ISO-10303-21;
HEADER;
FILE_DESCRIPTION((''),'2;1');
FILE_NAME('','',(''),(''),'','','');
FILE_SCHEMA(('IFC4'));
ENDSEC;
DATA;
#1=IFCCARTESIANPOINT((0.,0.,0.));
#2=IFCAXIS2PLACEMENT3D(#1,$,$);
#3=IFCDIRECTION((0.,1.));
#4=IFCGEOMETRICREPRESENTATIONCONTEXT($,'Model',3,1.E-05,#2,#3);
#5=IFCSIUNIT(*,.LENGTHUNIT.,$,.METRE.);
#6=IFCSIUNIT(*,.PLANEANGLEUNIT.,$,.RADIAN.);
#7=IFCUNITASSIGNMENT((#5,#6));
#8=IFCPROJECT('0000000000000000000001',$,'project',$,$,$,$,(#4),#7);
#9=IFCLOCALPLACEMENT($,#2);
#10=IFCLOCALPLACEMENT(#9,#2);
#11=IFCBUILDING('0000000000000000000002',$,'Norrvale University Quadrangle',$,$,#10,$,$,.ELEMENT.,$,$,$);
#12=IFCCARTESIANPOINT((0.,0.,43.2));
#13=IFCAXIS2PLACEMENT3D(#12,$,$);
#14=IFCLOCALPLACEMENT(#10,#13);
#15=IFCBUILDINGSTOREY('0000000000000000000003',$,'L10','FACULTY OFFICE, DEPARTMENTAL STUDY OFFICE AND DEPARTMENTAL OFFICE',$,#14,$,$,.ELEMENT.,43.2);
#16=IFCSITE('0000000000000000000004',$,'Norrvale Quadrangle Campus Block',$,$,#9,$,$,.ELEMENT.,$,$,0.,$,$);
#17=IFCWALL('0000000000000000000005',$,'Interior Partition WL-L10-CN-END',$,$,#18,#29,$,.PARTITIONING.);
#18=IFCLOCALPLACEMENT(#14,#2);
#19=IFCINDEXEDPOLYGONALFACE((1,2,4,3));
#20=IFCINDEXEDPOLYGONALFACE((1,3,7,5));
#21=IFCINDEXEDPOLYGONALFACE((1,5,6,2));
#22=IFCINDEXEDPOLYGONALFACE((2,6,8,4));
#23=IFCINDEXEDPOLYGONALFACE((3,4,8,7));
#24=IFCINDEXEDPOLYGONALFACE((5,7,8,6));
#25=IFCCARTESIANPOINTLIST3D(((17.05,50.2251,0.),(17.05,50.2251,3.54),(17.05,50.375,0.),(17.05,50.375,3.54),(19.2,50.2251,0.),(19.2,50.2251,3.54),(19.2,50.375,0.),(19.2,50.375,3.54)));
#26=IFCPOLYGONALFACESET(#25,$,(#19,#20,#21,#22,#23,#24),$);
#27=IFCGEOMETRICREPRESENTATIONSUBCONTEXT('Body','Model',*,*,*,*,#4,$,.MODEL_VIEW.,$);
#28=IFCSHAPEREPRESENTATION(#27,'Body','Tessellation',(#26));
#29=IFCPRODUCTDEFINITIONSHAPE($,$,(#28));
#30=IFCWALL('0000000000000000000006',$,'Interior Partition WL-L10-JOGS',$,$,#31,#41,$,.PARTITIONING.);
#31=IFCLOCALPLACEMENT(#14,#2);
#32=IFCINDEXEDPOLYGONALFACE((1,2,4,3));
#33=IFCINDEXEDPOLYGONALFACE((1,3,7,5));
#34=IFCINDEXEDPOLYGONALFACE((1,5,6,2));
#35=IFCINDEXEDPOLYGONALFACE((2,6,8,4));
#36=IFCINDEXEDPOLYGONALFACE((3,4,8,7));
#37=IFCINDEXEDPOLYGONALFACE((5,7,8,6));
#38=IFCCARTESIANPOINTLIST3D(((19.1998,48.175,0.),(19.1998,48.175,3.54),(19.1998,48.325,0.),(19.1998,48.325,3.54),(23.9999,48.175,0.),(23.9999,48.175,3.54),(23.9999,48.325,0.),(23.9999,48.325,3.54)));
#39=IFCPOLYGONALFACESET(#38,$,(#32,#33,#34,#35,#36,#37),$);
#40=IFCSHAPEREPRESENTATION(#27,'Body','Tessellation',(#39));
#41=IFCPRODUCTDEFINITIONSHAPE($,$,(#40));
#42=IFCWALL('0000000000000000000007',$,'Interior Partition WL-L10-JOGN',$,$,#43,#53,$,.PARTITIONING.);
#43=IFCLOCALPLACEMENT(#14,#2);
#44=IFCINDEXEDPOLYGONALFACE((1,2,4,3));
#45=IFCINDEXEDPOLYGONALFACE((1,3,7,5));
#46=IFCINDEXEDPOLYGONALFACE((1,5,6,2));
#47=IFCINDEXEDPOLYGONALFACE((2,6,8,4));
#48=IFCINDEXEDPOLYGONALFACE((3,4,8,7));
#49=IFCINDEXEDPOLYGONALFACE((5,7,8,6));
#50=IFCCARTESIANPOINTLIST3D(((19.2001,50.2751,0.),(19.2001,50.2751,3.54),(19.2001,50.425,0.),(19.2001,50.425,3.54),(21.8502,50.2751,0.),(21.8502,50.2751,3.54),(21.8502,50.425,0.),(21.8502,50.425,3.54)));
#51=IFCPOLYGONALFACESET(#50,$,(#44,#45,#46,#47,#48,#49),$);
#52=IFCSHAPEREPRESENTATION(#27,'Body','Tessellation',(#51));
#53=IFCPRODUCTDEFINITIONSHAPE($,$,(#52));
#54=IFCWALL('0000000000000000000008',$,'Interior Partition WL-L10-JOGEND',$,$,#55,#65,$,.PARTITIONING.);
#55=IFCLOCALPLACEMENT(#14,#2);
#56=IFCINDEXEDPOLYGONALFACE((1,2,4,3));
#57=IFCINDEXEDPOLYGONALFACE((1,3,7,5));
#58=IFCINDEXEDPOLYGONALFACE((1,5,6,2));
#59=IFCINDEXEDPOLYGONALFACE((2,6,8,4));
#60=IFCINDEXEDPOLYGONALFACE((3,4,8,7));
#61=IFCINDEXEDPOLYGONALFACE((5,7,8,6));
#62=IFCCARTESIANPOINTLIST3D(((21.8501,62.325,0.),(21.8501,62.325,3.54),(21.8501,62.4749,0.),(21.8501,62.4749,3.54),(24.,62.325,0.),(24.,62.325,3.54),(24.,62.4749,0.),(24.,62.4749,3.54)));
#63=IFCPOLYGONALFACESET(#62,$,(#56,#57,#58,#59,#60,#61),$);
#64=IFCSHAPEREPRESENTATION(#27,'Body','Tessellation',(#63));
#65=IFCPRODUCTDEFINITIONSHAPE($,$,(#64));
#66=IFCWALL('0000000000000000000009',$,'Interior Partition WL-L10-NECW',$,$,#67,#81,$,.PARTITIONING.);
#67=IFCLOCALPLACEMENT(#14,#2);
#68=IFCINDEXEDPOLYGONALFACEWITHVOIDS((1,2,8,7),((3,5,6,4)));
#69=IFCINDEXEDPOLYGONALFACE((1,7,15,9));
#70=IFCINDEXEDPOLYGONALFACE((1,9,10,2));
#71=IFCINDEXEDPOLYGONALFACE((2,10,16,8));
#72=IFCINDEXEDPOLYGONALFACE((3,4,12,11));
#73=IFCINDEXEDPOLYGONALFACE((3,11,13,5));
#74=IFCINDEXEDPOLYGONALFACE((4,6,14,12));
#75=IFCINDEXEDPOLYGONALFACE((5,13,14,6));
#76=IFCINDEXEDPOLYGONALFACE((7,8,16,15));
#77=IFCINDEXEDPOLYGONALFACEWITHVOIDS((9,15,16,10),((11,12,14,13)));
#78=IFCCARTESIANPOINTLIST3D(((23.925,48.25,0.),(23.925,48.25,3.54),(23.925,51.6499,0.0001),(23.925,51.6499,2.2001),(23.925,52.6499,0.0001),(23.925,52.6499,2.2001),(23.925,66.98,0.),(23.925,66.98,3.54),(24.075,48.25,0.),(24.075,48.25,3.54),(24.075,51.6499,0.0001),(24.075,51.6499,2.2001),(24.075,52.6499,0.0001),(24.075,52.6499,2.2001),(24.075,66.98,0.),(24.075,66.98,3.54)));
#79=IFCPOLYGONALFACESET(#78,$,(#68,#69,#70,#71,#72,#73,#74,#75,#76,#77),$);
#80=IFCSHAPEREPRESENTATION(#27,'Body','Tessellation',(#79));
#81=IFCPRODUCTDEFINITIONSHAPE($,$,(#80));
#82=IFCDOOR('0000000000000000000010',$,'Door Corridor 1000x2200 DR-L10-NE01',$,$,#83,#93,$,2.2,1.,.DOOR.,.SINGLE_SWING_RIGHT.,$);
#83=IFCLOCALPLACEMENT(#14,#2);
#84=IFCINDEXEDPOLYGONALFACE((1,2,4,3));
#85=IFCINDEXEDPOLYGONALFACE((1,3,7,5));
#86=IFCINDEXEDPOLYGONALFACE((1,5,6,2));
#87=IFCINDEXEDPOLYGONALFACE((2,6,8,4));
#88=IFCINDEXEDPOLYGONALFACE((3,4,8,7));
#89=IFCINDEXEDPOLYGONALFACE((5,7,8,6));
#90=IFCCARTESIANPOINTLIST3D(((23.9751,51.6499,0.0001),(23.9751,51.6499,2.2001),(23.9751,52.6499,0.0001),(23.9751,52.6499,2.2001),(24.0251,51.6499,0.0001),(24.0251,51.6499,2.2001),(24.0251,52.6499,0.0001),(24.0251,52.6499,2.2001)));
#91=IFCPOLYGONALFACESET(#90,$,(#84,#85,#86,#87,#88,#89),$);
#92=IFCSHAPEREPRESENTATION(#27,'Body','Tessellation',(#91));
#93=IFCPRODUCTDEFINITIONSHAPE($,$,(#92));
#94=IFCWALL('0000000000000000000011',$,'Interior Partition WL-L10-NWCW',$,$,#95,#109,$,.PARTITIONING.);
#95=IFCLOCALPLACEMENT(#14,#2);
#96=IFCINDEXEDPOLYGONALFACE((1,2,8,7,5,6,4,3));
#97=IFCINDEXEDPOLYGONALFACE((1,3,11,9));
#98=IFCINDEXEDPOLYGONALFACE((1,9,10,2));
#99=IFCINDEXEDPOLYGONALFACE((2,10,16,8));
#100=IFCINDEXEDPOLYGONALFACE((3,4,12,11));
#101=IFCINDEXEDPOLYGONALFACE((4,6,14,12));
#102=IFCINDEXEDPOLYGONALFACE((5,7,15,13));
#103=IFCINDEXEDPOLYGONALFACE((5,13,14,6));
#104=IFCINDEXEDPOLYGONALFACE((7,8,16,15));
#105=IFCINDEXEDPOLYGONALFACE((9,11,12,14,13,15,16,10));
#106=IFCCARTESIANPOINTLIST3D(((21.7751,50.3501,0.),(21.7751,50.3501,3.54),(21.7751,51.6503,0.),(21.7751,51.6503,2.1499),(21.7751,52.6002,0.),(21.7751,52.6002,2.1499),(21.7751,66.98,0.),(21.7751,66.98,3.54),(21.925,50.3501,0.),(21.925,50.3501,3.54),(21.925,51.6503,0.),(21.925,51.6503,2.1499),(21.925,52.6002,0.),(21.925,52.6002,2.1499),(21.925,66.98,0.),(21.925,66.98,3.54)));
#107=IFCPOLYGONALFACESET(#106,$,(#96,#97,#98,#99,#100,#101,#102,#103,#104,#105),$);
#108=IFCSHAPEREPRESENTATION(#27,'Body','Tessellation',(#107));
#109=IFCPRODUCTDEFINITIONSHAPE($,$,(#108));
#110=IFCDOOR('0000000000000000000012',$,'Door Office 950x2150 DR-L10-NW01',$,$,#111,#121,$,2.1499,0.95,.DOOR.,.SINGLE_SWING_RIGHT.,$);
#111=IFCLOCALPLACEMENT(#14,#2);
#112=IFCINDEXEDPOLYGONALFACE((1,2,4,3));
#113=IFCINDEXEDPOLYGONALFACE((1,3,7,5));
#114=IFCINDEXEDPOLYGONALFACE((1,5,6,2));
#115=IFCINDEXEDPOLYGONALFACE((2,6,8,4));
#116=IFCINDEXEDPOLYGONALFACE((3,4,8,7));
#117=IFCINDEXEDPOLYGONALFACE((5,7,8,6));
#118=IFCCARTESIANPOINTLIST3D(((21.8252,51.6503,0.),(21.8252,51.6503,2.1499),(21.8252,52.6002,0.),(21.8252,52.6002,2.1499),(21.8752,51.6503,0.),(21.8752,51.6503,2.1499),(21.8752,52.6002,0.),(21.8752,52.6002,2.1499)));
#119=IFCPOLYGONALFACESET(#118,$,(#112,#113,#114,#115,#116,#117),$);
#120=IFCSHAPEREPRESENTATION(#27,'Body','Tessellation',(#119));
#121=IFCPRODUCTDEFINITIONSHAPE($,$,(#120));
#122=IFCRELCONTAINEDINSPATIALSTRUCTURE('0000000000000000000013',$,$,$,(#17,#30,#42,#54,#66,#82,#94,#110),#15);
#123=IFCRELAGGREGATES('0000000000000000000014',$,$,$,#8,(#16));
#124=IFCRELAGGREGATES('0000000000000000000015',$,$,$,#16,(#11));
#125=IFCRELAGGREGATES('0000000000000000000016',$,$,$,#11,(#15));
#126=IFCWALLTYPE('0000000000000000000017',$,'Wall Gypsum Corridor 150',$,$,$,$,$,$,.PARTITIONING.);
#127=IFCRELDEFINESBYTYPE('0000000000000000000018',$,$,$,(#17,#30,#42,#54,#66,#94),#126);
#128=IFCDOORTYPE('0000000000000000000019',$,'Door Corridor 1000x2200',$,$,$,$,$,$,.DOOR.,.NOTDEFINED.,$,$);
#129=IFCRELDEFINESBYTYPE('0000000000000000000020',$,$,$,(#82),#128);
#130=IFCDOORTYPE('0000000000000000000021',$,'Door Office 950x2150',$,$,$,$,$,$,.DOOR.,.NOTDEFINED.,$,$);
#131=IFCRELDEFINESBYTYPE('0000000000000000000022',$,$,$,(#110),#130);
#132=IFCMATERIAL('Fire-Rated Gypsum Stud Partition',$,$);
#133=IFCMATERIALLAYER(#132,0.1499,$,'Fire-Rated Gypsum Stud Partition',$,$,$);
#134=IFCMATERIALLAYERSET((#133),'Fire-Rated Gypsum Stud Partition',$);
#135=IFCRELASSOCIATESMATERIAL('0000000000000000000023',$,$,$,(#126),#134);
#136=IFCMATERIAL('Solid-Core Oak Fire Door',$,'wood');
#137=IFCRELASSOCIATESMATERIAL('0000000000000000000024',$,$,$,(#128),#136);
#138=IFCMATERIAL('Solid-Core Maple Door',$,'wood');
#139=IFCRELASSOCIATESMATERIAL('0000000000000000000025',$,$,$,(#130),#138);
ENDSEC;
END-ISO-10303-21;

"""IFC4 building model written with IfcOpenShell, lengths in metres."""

from ifc_helpers import new_model, si_unit, direction, frame, frame_2d, origin, place, context, subcontext, project, spatial, rectangle, extrude, material, layer, layer_set, type_object, element, fill, save


model = new_model("IFC4")

# Units and contexts
model_context = context("Model", 3, precision=1e-05, world=origin(), true_north=direction((0.0, 1.0)))
body_context = subcontext(model_context, "Body", "Model", "MODEL_VIEW")
ifc_project = project(units=[si_unit("LENGTHUNIT", "METRE"), si_unit("PLANEANGLEUNIT", "RADIAN")], contexts=[model_context])

# Site, building, storey
site_placement = place(None, origin())
site = spatial("IfcSite", under=ifc_project, at=site_placement, Name="Norrvale Quadrangle Campus Block", CompositionType="ELEMENT", RefElevation=0.0)
building_placement = place(site_placement, origin())
building = spatial("IfcBuilding", under=site, at=building_placement, Name="Norrvale University Quadrangle", CompositionType="ELEMENT")
storey_placement = place(building_placement, frame((0.0, 0.0, 43.2)))
storey = spatial("IfcBuildingStorey", under=building, at=storey_placement, Name="L10", Description="FACULTY OFFICE, DEPARTMENTAL STUDY OFFICE AND DEPARTMENTAL OFFICE", CompositionType="ELEMENT", Elevation=43.2)

# Walls
ifc_material_1 = material(Name="Fire-Rated Gypsum Stud Partition")
ifc_layer = layer(ifc_material_1, 0.1499, Name="Fire-Rated Gypsum Stud Partition")
ifc_layer_set = layer_set([ifc_layer], Name="Fire-Rated Gypsum Stud Partition")
wall_type = type_object("IfcWallType", Name="Wall Gypsum Corridor 150", PredefinedType="PARTITIONING", material=ifc_layer_set)
wall_1_placement = place(storey_placement, frame((17.05, 50.3, 0.0), z_axis=(0.0, 0.0, 1.0), x_axis=(1.0, 0.0, 0.0)))
element("IfcWall", 1, at=wall_1_placement, inside=storey, type_object=wall_type, Name="Interior Partition WL-L10-CN-END", PredefinedType="PARTITIONING", context=body_context, shape_type="SweptSolid", body=[
    extrude(rectangle(XDim=2.1499, YDim=0.1499, at=frame_2d((1.075, 0.0))), origin(), (0.0, 0.0, 1.0), 3.54),
])
wall_2_placement = place(storey_placement, frame((19.2, 48.25, 0.0), z_axis=(0.0, 0.0, 1.0), x_axis=(1.0, 0.0, 0.0)))
element("IfcWall", 2, at=wall_2_placement, inside=storey, type_object=wall_type, Name="Interior Partition WL-L10-JOGS", PredefinedType="PARTITIONING", context=body_context, shape_type="SweptSolid", body=[
    extrude(rectangle(XDim=4.8, YDim=0.1499, at=frame_2d((2.3999, 0.0))), origin(), (0.0, 0.0, 1.0), 3.54),
])
wall_3_placement = place(storey_placement, frame((19.2, 50.3501, 0.0), z_axis=(0.0, 0.0, 1.0), x_axis=(1.0, 0.0, 0.0)))
element("IfcWall", 3, at=wall_3_placement, inside=storey, type_object=wall_type, Name="Interior Partition WL-L10-JOGN", PredefinedType="PARTITIONING", context=body_context, shape_type="SweptSolid", body=[
    extrude(rectangle(XDim=2.6501, YDim=0.1499, at=frame_2d((1.3252, 0.0))), origin(), (0.0, 0.0, 1.0), 3.54),
])
wall_4_placement = place(storey_placement, frame((21.8501, 62.3999, 0.0), z_axis=(0.0, 0.0, 1.0), x_axis=(1.0, 0.0, 0.0)))
element("IfcWall", 4, at=wall_4_placement, inside=storey, type_object=wall_type, Name="Interior Partition WL-L10-JOGEND", PredefinedType="PARTITIONING", context=body_context, shape_type="SweptSolid", body=[
    extrude(rectangle(XDim=2.1499, YDim=0.1499, at=frame_2d((1.075, 0.0))), origin(), (0.0, 0.0, 1.0), 3.54),
])

# Walls, openings, doors
wall_5_placement = place(storey_placement, frame((24.0, 48.25, 0.0), z_axis=(0.0, 0.0, 1.0), x_axis=(0.0, 1.0, 0.0)))
wall_5 = element("IfcWall", 5, at=wall_5_placement, inside=storey, type_object=wall_type, Name="Interior Partition WL-L10-NECW", PredefinedType="PARTITIONING", context=body_context, shape_type="SweptSolid", body=[
    extrude(rectangle(XDim=18.73, YDim=0.1499, at=frame_2d((9.365, 0.0))), origin(), (0.0, 0.0, 1.0), 3.54),
])
opening_1_placement = place(wall_5_placement, frame((3.3999, 0.0, 0.0)))
opening_1 = element("IfcOpeningElement", 6, at=opening_1_placement, cuts=wall_5, PredefinedType="OPENING", context=body_context, shape_type="SweptSolid", body=[
    extrude(rectangle(XDim=1.0, YDim=2.2, at=frame_2d((0.5, 1.1001))), frame((0.0, 0.0869, 0.0), z_axis=(0.0, -1.0, 0.0), x_axis=(1.0, 0.0, 0.0)), (0.0, 0.0, 1.0), 0.1738),
])
ifc_material_2 = material(Name="Solid-Core Oak Fire Door", Category="wood")
door_type_1 = type_object("IfcDoorType", Name="Door Corridor 1000x2200", OperationType="NOTDEFINED", PredefinedType="DOOR", material=ifc_material_2)
door_1_placement = place(opening_1_placement, origin())
door_1 = element("IfcDoor", 7, at=door_1_placement, inside=storey, type_object=door_type_1, Name="Door Corridor 1000x2200 DR-L10-NE01", OperationType="SINGLE_SWING_RIGHT", OverallHeight=2.2, OverallWidth=1.0, PredefinedType="DOOR", context=body_context, shape_type="SweptSolid", body=[
    extrude(rectangle(XDim=1.0, YDim=2.2, at=frame_2d((0.5, 1.1001))), frame((0.0, 0.0249, 0.0), z_axis=(0.0, -1.0, 0.0), x_axis=(1.0, 0.0, 0.0)), (0.0, 0.0, 1.0), 0.05),
])
fill(opening_1, door_1)
wall_6_placement = place(storey_placement, frame((21.8501, 50.3501, 0.0), z_axis=(0.0, 0.0, 1.0), x_axis=(0.0, 1.0, 0.0)))
wall_6 = element("IfcWall", 8, at=wall_6_placement, inside=storey, type_object=wall_type, Name="Interior Partition WL-L10-NWCW", PredefinedType="PARTITIONING", context=body_context, shape_type="SweptSolid", body=[
    extrude(rectangle(XDim=16.6299, YDim=0.1499, at=frame_2d((8.3149, 0.0))), origin(), (0.0, 0.0, 1.0), 3.54),
])
opening_2_placement = place(wall_6_placement, frame((1.3, 0.0, 0.0)))
opening_2 = element("IfcOpeningElement", 9, at=opening_2_placement, cuts=wall_6, PredefinedType="OPENING", context=body_context, shape_type="SweptSolid", body=[
    extrude(rectangle(XDim=0.95, YDim=2.1499, at=frame_2d((0.4751, 1.075))), frame((0.0, 0.0869, 0.0), z_axis=(0.0, -1.0, 0.0), x_axis=(1.0, 0.0, 0.0)), (0.0, 0.0, 1.0), 0.1738),
])
ifc_material_3 = material(Name="Solid-Core Maple Door", Category="wood")
door_type_2 = type_object("IfcDoorType", Name="Door Office 950x2150", OperationType="NOTDEFINED", PredefinedType="DOOR", material=ifc_material_3)
door_2_placement = place(opening_2_placement, origin())
door_2 = element("IfcDoor", 10, at=door_2_placement, inside=storey, type_object=door_type_2, Name="Door Office 950x2150 DR-L10-NW01", OperationType="SINGLE_SWING_RIGHT", OverallHeight=2.1499, OverallWidth=0.95, PredefinedType="DOOR", context=body_context, shape_type="SweptSolid", body=[
    extrude(rectangle(XDim=0.95, YDim=2.1499, at=frame_2d((0.4751, 1.075))), frame((0.0, 0.0249, 0.0), z_axis=(0.0, -1.0, 0.0), x_axis=(1.0, 0.0, 0.0)), (0.0, 0.0, 1.0), 0.05),
])
fill(opening_2, door_2)

save(model, "model.ifc")
